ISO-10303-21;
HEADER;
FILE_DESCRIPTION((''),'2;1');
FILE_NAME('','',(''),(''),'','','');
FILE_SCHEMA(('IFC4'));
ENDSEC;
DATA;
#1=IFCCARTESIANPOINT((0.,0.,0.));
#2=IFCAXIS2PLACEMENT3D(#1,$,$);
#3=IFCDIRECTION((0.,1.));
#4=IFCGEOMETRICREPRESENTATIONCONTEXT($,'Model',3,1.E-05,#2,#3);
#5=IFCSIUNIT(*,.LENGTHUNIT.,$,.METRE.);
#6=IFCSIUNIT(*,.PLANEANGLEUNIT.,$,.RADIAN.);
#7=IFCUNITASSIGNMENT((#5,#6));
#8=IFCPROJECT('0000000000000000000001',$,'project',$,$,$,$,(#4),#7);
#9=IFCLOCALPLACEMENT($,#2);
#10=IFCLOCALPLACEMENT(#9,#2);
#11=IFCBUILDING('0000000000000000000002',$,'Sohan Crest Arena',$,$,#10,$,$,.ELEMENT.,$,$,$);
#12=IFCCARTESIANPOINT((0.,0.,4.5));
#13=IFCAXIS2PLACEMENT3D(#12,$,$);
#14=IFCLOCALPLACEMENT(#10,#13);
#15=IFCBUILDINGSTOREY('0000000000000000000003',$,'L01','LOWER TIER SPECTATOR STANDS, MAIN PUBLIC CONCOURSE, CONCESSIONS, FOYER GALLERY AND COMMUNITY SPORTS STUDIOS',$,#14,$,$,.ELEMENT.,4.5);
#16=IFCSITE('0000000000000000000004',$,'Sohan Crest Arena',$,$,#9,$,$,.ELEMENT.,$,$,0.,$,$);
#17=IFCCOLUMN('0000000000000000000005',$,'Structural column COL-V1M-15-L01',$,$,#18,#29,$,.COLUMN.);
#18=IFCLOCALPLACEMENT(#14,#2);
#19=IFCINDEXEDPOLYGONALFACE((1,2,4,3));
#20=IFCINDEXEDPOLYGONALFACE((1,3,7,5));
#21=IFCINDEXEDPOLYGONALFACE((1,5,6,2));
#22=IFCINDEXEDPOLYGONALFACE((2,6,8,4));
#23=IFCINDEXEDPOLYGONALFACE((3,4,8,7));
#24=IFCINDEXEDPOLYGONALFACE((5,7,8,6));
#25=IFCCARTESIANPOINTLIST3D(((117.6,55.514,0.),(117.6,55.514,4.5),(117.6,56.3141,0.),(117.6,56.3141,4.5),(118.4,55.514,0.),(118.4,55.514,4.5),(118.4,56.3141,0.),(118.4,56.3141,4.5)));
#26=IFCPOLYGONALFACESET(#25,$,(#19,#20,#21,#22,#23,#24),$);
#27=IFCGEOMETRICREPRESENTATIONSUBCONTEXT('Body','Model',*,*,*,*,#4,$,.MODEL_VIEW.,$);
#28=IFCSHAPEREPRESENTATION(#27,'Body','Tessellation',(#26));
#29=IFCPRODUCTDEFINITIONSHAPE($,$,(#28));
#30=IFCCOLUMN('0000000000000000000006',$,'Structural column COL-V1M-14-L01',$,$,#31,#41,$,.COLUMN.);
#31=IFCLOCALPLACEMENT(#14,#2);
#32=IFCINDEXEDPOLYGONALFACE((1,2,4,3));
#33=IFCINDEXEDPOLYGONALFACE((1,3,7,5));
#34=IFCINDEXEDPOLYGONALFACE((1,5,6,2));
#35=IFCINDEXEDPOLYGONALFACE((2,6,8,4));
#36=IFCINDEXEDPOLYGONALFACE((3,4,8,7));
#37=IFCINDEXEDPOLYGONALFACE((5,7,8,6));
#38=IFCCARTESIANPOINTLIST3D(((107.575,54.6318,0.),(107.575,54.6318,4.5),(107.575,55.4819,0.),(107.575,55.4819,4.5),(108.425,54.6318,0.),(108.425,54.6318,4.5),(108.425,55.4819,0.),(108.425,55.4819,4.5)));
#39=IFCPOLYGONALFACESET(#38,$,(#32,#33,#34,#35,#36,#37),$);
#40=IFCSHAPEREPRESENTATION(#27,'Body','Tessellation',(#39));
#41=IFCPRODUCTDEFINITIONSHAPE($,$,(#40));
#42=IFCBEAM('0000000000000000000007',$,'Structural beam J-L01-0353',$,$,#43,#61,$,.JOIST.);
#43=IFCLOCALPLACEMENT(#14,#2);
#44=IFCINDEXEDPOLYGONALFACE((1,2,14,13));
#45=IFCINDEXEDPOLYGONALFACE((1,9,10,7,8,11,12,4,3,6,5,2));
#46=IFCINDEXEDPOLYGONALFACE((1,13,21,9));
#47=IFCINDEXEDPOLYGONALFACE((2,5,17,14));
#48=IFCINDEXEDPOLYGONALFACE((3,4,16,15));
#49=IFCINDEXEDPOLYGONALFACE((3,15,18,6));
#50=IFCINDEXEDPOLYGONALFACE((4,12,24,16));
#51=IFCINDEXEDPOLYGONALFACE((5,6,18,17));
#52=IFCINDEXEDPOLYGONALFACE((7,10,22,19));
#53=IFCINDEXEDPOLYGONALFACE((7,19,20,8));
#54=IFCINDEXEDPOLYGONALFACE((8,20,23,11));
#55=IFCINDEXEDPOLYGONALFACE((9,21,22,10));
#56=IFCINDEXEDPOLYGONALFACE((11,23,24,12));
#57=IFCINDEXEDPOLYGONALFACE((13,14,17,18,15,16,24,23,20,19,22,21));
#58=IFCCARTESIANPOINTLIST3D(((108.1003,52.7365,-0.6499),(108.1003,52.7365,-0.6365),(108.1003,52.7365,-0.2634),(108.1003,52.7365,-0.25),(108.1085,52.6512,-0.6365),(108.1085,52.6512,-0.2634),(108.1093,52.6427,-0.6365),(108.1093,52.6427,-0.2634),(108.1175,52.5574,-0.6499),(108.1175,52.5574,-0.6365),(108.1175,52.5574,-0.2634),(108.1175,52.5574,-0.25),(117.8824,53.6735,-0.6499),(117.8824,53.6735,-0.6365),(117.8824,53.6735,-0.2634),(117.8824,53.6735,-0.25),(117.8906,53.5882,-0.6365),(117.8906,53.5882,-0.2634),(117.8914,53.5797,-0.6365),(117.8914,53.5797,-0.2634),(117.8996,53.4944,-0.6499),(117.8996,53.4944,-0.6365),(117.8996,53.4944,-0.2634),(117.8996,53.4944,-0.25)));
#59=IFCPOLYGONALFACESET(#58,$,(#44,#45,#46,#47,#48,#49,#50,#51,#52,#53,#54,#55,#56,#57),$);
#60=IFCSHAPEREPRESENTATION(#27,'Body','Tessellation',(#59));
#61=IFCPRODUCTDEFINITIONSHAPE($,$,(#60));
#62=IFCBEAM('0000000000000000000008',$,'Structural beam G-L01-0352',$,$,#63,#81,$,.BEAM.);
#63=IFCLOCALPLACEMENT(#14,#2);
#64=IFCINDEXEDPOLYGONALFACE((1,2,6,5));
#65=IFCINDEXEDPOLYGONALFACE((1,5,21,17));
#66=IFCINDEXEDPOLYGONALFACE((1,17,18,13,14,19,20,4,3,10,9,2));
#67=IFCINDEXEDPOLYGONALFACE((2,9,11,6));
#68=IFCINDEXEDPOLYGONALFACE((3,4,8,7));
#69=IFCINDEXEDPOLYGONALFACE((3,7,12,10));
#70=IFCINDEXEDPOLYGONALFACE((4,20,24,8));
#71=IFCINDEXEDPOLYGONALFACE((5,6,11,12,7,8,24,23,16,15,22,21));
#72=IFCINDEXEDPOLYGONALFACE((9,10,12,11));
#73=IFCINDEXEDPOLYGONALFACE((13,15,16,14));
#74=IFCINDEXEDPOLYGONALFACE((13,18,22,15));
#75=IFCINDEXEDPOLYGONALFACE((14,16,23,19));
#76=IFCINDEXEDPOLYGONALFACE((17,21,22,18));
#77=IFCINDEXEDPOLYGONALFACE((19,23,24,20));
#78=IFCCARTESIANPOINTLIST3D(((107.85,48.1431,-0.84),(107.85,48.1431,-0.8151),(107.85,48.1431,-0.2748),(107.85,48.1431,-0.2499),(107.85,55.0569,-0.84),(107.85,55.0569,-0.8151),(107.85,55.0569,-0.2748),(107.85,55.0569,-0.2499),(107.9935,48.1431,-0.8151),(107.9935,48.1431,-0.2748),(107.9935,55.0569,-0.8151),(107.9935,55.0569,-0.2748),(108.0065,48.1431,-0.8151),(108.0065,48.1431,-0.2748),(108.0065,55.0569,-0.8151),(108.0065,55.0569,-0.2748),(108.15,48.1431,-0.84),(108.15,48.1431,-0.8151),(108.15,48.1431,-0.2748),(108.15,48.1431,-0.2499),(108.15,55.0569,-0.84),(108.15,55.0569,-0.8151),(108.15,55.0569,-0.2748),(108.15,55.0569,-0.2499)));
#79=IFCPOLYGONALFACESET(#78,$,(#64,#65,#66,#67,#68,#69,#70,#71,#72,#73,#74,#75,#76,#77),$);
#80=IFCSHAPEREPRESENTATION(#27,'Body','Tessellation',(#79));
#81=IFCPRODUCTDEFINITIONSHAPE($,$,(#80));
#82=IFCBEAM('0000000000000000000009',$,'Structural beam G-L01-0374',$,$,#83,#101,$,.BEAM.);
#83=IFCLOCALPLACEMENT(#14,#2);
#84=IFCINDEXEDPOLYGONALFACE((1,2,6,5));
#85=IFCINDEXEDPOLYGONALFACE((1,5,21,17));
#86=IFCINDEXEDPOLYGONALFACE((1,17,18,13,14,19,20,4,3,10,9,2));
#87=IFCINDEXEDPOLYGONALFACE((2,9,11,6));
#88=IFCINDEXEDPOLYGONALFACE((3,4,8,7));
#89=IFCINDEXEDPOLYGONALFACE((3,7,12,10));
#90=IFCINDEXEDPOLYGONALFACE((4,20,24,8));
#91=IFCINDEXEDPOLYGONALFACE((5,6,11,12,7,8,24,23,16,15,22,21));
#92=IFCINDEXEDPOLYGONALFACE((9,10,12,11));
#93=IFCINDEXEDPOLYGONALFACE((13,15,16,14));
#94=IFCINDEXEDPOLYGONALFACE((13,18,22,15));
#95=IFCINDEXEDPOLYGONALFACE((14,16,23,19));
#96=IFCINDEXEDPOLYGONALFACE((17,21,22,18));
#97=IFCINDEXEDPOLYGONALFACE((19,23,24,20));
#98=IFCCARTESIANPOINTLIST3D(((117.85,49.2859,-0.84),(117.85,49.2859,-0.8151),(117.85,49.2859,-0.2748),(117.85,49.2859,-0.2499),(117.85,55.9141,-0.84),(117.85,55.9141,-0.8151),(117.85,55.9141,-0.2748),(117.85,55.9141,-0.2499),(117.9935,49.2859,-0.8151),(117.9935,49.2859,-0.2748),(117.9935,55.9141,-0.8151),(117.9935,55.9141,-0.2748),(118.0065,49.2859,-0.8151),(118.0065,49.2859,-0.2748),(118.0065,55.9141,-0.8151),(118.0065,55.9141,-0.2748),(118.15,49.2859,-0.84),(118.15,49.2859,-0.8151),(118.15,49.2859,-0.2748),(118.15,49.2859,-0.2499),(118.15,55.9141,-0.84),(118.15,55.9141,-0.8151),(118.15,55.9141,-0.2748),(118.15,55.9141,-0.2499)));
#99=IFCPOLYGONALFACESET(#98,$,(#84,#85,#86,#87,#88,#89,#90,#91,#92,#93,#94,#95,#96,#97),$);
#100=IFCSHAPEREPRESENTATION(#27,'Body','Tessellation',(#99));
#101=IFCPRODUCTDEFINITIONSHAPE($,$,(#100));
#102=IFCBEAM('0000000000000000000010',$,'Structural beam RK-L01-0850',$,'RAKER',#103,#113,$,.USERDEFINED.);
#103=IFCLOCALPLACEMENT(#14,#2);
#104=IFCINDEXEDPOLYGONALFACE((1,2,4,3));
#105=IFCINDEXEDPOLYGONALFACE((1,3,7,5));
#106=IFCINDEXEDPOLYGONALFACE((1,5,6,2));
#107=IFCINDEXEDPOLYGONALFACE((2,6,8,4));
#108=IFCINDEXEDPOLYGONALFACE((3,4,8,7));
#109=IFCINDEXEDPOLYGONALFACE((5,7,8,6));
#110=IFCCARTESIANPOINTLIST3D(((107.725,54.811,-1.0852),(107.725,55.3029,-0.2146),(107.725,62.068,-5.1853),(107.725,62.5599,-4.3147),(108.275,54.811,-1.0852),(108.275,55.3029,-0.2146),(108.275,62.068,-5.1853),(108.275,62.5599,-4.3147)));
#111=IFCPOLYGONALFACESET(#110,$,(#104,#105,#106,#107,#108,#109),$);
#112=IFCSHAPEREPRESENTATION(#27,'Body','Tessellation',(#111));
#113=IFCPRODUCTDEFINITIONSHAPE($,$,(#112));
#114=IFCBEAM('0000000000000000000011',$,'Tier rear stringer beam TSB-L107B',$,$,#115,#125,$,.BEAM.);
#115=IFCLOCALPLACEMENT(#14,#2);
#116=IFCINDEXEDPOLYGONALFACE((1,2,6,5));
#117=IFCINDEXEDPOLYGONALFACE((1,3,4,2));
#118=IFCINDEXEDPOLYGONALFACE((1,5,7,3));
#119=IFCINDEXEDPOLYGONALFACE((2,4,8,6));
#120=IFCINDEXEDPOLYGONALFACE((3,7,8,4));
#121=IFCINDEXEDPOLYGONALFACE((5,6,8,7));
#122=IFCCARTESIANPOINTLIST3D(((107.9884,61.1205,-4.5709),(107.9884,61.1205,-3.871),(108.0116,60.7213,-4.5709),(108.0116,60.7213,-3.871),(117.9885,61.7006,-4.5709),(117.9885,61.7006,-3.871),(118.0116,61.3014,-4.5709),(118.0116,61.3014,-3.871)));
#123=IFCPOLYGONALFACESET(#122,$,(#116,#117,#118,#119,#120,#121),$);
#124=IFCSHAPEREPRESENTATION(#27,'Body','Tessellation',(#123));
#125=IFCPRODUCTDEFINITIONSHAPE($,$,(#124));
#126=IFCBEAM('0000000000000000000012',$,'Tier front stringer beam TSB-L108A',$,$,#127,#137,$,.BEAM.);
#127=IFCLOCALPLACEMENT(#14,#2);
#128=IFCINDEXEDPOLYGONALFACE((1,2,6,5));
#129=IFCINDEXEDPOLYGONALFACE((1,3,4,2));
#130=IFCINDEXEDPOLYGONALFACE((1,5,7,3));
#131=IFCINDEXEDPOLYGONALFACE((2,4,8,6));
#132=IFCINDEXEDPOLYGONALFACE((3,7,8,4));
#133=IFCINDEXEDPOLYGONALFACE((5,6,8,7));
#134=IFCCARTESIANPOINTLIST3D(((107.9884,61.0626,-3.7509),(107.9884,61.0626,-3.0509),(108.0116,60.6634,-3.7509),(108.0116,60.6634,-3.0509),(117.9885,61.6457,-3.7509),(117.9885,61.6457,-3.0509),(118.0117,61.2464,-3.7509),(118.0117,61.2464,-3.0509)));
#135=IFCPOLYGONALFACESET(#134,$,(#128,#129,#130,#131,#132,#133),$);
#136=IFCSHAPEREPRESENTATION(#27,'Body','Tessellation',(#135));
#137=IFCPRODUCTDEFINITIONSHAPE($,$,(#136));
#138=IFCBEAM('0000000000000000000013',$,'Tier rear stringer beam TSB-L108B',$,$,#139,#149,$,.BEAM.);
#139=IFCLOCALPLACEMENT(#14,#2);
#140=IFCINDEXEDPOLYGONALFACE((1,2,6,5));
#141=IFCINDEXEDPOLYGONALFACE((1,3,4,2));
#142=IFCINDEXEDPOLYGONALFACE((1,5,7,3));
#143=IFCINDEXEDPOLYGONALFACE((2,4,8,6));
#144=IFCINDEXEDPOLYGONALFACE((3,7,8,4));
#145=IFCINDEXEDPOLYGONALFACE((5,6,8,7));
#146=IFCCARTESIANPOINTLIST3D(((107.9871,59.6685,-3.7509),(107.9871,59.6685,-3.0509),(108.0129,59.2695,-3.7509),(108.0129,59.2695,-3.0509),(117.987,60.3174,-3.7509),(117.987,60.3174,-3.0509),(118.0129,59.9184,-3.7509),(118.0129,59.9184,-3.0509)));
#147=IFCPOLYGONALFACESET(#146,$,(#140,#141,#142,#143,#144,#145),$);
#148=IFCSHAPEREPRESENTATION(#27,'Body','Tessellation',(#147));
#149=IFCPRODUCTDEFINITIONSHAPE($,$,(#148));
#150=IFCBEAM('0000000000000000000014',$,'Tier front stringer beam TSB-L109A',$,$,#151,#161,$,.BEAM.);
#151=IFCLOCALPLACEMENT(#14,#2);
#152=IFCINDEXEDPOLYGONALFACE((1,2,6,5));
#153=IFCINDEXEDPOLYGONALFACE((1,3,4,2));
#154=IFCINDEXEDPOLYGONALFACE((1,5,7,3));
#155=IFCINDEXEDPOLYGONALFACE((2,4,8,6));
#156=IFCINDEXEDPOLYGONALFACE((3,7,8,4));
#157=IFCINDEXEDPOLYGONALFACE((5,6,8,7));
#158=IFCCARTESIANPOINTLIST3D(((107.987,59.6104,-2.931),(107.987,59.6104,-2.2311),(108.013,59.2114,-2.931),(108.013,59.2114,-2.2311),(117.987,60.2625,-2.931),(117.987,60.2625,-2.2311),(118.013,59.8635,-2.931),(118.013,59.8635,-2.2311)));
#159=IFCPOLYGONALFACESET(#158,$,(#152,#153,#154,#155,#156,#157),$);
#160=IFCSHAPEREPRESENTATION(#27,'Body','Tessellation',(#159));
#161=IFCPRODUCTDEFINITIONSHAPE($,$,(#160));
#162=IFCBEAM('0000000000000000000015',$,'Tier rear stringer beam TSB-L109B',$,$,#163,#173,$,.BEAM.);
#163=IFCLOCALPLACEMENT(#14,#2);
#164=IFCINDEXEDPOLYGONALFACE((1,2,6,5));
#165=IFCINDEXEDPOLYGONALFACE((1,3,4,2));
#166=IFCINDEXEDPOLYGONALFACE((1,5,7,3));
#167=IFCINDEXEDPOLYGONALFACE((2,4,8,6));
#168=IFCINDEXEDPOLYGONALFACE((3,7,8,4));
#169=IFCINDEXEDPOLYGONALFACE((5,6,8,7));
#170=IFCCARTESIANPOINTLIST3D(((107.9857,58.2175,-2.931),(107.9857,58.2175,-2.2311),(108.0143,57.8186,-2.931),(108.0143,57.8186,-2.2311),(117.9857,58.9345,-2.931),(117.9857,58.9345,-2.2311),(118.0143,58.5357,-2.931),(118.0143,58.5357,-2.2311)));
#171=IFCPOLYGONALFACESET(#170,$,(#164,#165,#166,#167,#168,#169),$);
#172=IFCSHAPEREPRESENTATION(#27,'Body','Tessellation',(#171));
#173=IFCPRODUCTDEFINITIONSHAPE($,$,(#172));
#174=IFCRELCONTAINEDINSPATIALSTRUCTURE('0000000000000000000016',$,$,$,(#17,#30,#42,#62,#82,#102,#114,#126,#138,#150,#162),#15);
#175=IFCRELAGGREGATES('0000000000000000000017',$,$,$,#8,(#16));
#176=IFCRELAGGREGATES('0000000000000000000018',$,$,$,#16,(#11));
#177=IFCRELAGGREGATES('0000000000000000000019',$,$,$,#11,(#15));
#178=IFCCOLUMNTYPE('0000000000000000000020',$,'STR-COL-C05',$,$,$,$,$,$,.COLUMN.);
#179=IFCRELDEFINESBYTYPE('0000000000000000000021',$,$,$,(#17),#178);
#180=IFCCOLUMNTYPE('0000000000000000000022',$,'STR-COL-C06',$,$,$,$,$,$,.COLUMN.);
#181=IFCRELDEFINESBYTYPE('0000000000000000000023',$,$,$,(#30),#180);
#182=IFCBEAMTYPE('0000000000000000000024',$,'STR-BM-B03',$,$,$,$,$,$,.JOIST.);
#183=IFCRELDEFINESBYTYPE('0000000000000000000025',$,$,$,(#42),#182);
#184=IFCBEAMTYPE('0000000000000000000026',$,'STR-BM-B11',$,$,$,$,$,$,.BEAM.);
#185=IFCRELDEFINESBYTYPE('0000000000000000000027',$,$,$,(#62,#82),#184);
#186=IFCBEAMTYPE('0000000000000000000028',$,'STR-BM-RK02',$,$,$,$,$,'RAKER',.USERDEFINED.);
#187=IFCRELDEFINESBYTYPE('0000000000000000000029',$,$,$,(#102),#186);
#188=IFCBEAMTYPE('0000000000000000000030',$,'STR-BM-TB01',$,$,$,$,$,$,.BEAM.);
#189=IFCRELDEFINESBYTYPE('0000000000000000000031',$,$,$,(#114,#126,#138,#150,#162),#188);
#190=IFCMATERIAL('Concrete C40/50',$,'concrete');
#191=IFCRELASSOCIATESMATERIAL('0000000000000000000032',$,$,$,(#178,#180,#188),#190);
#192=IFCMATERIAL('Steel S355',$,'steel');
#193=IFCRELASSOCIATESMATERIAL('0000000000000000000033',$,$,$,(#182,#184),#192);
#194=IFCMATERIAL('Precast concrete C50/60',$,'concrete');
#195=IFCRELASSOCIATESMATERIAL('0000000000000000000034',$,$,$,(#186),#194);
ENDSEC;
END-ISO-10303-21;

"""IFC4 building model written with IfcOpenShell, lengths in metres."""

from ifc_helpers import new_model, si_unit, direction, frame, origin, origin_2d, place, context, subcontext, project, spatial, rectangle, i_section, extrude, material, material_profile, profile_set, type_object, element, save


model = new_model("IFC4")

# Units and contexts
model_context = context("Model", 3, precision=1e-05, world=origin(), true_north=direction((0.0, 1.0)))
body_context = subcontext(model_context, "Body", "Model", "MODEL_VIEW")
ifc_project = project(units=[si_unit("LENGTHUNIT", "METRE"), si_unit("PLANEANGLEUNIT", "RADIAN")], contexts=[model_context])

# Site, building, storey
site_placement = place(None, origin())
site = spatial("IfcSite", under=ifc_project, at=site_placement, Name="Sohan Crest Arena", CompositionType="ELEMENT", RefElevation=0.0)
building_placement = place(site_placement, origin())
building = spatial("IfcBuilding", under=site, at=building_placement, Name="Sohan Crest Arena", CompositionType="ELEMENT")
storey_placement = place(building_placement, frame((0.0, 0.0, 4.5)))
storey = spatial("IfcBuildingStorey", under=building, at=storey_placement, Name="L01", Description="LOWER TIER SPECTATOR STANDS, MAIN PUBLIC CONCOURSE, CONCESSIONS, FOYER GALLERY AND COMMUNITY SPORTS STUDIOS", CompositionType="ELEMENT", Elevation=4.5)

# Columns
ifc_material_1 = material(Name="Concrete C40/50", Category="concrete")
ifc_material_profile_1 = material_profile(ifc_material_1, rectangle(XDim=0.8, YDim=0.8, at=origin_2d()), Name="RC 800x800")
ifc_profile_set_1 = profile_set([ifc_material_profile_1], Name="Concrete C40/50")
column_type_1 = type_object("IfcColumnType", Name="STR-COL-C05", PredefinedType="COLUMN", material=ifc_profile_set_1)
column_1_placement = place(storey_placement, frame((118.0, 55.9141, 0.0), z_axis=(0.0, 0.0, 1.0), x_axis=(1.0, 0.0, 0.0)))
element("IfcColumn", 1, at=column_1_placement, inside=storey, type_object=column_type_1, Name="Structural column COL-V1M-15-L01", PredefinedType="COLUMN", context=body_context, shape_type="SweptSolid", body=[
    extrude(rectangle(XDim=0.8, YDim=0.8, at=origin_2d()), origin(), (0.0, 0.0, 1.0), 4.5),
])
ifc_material_profile_2 = material_profile(ifc_material_1, rectangle(XDim=0.8501, YDim=0.8501, at=origin_2d()), Name="RC 850x850")
ifc_profile_set_2 = profile_set([ifc_material_profile_2], Name="Concrete C40/50")
column_type_2 = type_object("IfcColumnType", Name="STR-COL-C06", PredefinedType="COLUMN", material=ifc_profile_set_2)
column_2_placement = place(storey_placement, frame((108.0, 55.0569, 0.0), z_axis=(0.0, 0.0, 1.0), x_axis=(1.0, 0.0, 0.0)))
element("IfcColumn", 2, at=column_2_placement, inside=storey, type_object=column_type_2, Name="Structural column COL-V1M-14-L01", PredefinedType="COLUMN", context=body_context, shape_type="SweptSolid", body=[
    extrude(rectangle(XDim=0.8501, YDim=0.8501, at=origin_2d()), origin(), (0.0, 0.0, 1.0), 4.5),
])

# Beams
ifc_material_2 = material(Name="Steel S355", Category="steel")
ifc_material_profile_3 = material_profile(ifc_material_2, i_section(OverallWidth=0.1799, OverallDepth=0.3999, WebThickness=0.0085, FlangeThickness=0.0134, at=origin_2d()), Name="IPE 400")
ifc_profile_set_3 = profile_set([ifc_material_profile_3], Name="Steel S355")
beam_type_1 = type_object("IfcBeamType", Name="STR-BM-B03", PredefinedType="JOIST", material=ifc_profile_set_3)
beam_1_placement = place(storey_placement, frame((108.1089, 52.647, -0.45), z_axis=(0.995444, 0.095351, 0.0), x_axis=(-0.095351, 0.995444, 0.0)))
element("IfcBeam", 3, at=beam_1_placement, inside=storey, type_object=beam_type_1, Name="Structural beam J-L01-0353", PredefinedType="JOIST", context=body_context, shape_type="SweptSolid", body=[
    extrude(i_section(OverallWidth=0.1799, OverallDepth=0.3999, WebThickness=0.0085, FlangeThickness=0.0134, at=origin_2d()), origin(), (0.0, 0.0, 1.0), 9.8269),
])
ifc_material_profile_4 = material_profile(ifc_material_2, i_section(OverallWidth=0.3, OverallDepth=0.5901, WebThickness=0.0129, FlangeThickness=0.0249, at=origin_2d()), Name="HEA 600")
ifc_profile_set_4 = profile_set([ifc_material_profile_4], Name="Steel S355")
beam_type_2 = type_object("IfcBeamType", Name="STR-BM-B11", PredefinedType="BEAM", material=ifc_profile_set_4)
beam_2_placement = place(storey_placement, frame((108.0, 55.0569, -0.5449), z_axis=(0.0, -1.0, 0.0), x_axis=(1.0, 0.0, 0.0)))
element("IfcBeam", 4, at=beam_2_placement, inside=storey, type_object=beam_type_2, Name="Structural beam G-L01-0352", PredefinedType="BEAM", context=body_context, shape_type="SweptSolid", body=[
    extrude(i_section(OverallWidth=0.3, OverallDepth=0.5901, WebThickness=0.0129, FlangeThickness=0.0249, at=origin_2d()), origin(), (0.0, 0.0, 1.0), 6.9138),
])
beam_3_placement = place(storey_placement, frame((118.0, 55.9141, -0.5449), z_axis=(0.0, -1.0, 0.0), x_axis=(1.0, 0.0, 0.0)))
element("IfcBeam", 5, at=beam_3_placement, inside=storey, type_object=beam_type_2, Name="Structural beam G-L01-0374", PredefinedType="BEAM", context=body_context, shape_type="SweptSolid", body=[
    extrude(i_section(OverallWidth=0.3, OverallDepth=0.5901, WebThickness=0.0129, FlangeThickness=0.0249, at=origin_2d()), origin(), (0.0, 0.0, 1.0), 6.6282),
])
ifc_material_3 = material(Name="Precast concrete C50/60", Category="concrete")
ifc_material_profile_5 = material_profile(ifc_material_3, rectangle(XDim=0.55, YDim=1.0, at=origin_2d()), Name="RAKER 550x1000")
ifc_profile_set_5 = profile_set([ifc_material_profile_5], Name="Precast concrete C50/60")
beam_type_3 = type_object("IfcBeamType", Name="STR-BM-RK02", ElementType="RAKER", PredefinedType="USERDEFINED", material=ifc_profile_set_5)
beam_4_placement = place(storey_placement, frame((108.0, 62.314, -4.75), z_axis=(0.0, -0.870652, 0.4919), x_axis=(1.0, 0.0, 0.0)))
element("IfcBeam", 6, at=beam_4_placement, inside=storey, type_object=beam_type_3, Name="Structural beam RK-L01-0850", ObjectType="RAKER", PredefinedType="USERDEFINED", context=body_context, shape_type="SweptSolid", body=[
    extrude(rectangle(XDim=0.55, YDim=1.0, at=origin_2d()), origin(), (0.0, 0.0, 1.0), 8.3352),
])
ifc_material_profile_6 = material_profile(ifc_material_1, rectangle(XDim=0.3999, YDim=0.7, at=origin_2d()), Name="RC-BM 400x700")
ifc_profile_set_6 = profile_set([ifc_material_profile_6], Name="Concrete C40/50")
beam_type_4 = type_object("IfcBeamType", Name="STR-BM-TB01", PredefinedType="BEAM", material=ifc_profile_set_6)
beam_5_placement = place(storey_placement, frame((108.0, 60.9209, -4.2209), z_axis=(0.998322, 0.05791, 0.0), x_axis=(-0.05791, 0.998322, 0.0)))
element("IfcBeam", 7, at=beam_5_placement, inside=storey, type_object=beam_type_4, Name="Tier rear stringer beam TSB-L107B", PredefinedType="BEAM", context=body_context, shape_type="SweptSolid", body=[
    extrude(rectangle(XDim=0.3999, YDim=0.7, at=origin_2d()), origin(), (0.0, 0.0, 1.0), 10.0168),
])
beam_6_placement = place(storey_placement, frame((108.0, 60.863, -3.4009), z_axis=(0.998305, 0.058202, 0.0), x_axis=(-0.058202, 0.998305, 0.0)))
element("IfcBeam", 8, at=beam_6_placement, inside=storey, type_object=beam_type_4, Name="Tier front stringer beam TSB-L108A", PredefinedType="BEAM", context=body_context, shape_type="SweptSolid", body=[
    extrude(rectangle(XDim=0.3999, YDim=0.7, at=origin_2d()), origin(), (0.0, 0.0, 1.0), 10.0171),
])
beam_7_placement = place(storey_placement, frame((108.0, 59.469, -3.4009), z_axis=(0.997901, 0.064756, 0.0), x_axis=(-0.064756, 0.997901, 0.0)))
element("IfcBeam", 9, at=beam_7_placement, inside=storey, type_object=beam_type_4, Name="Tier rear stringer beam TSB-L108B", PredefinedType="BEAM", context=body_context, shape_type="SweptSolid", body=[
    extrude(rectangle(XDim=0.3999, YDim=0.7, at=origin_2d()), origin(), (0.0, 0.0, 1.0), 10.021),
])
beam_8_placement = place(storey_placement, frame((108.0, 59.4109, -2.5811), z_axis=(0.997881, 0.065072, 0.0), x_axis=(-0.065072, 0.997881, 0.0)))
element("IfcBeam", 10, at=beam_8_placement, inside=storey, type_object=beam_type_4, Name="Tier front stringer beam TSB-L109A", PredefinedType="BEAM", context=body_context, shape_type="SweptSolid", body=[
    extrude(rectangle(XDim=0.3999, YDim=0.7, at=origin_2d()), origin(), (0.0, 0.0, 1.0), 10.0212),
])
beam_9_placement = place(storey_placement, frame((108.0, 58.0181, -2.5811), z_axis=(0.997439, 0.07152, 0.0), x_axis=(-0.07152, 0.997439, 0.0)))
element("IfcBeam", 11, at=beam_9_placement, inside=storey, type_object=beam_type_4, Name="Tier rear stringer beam TSB-L109B", PredefinedType="BEAM", context=body_context, shape_type="SweptSolid", body=[
    extrude(rectangle(XDim=0.3999, YDim=0.7, at=origin_2d()), origin(), (0.0, 0.0, 1.0), 10.0256),
])

save(model, "model.ifc")
